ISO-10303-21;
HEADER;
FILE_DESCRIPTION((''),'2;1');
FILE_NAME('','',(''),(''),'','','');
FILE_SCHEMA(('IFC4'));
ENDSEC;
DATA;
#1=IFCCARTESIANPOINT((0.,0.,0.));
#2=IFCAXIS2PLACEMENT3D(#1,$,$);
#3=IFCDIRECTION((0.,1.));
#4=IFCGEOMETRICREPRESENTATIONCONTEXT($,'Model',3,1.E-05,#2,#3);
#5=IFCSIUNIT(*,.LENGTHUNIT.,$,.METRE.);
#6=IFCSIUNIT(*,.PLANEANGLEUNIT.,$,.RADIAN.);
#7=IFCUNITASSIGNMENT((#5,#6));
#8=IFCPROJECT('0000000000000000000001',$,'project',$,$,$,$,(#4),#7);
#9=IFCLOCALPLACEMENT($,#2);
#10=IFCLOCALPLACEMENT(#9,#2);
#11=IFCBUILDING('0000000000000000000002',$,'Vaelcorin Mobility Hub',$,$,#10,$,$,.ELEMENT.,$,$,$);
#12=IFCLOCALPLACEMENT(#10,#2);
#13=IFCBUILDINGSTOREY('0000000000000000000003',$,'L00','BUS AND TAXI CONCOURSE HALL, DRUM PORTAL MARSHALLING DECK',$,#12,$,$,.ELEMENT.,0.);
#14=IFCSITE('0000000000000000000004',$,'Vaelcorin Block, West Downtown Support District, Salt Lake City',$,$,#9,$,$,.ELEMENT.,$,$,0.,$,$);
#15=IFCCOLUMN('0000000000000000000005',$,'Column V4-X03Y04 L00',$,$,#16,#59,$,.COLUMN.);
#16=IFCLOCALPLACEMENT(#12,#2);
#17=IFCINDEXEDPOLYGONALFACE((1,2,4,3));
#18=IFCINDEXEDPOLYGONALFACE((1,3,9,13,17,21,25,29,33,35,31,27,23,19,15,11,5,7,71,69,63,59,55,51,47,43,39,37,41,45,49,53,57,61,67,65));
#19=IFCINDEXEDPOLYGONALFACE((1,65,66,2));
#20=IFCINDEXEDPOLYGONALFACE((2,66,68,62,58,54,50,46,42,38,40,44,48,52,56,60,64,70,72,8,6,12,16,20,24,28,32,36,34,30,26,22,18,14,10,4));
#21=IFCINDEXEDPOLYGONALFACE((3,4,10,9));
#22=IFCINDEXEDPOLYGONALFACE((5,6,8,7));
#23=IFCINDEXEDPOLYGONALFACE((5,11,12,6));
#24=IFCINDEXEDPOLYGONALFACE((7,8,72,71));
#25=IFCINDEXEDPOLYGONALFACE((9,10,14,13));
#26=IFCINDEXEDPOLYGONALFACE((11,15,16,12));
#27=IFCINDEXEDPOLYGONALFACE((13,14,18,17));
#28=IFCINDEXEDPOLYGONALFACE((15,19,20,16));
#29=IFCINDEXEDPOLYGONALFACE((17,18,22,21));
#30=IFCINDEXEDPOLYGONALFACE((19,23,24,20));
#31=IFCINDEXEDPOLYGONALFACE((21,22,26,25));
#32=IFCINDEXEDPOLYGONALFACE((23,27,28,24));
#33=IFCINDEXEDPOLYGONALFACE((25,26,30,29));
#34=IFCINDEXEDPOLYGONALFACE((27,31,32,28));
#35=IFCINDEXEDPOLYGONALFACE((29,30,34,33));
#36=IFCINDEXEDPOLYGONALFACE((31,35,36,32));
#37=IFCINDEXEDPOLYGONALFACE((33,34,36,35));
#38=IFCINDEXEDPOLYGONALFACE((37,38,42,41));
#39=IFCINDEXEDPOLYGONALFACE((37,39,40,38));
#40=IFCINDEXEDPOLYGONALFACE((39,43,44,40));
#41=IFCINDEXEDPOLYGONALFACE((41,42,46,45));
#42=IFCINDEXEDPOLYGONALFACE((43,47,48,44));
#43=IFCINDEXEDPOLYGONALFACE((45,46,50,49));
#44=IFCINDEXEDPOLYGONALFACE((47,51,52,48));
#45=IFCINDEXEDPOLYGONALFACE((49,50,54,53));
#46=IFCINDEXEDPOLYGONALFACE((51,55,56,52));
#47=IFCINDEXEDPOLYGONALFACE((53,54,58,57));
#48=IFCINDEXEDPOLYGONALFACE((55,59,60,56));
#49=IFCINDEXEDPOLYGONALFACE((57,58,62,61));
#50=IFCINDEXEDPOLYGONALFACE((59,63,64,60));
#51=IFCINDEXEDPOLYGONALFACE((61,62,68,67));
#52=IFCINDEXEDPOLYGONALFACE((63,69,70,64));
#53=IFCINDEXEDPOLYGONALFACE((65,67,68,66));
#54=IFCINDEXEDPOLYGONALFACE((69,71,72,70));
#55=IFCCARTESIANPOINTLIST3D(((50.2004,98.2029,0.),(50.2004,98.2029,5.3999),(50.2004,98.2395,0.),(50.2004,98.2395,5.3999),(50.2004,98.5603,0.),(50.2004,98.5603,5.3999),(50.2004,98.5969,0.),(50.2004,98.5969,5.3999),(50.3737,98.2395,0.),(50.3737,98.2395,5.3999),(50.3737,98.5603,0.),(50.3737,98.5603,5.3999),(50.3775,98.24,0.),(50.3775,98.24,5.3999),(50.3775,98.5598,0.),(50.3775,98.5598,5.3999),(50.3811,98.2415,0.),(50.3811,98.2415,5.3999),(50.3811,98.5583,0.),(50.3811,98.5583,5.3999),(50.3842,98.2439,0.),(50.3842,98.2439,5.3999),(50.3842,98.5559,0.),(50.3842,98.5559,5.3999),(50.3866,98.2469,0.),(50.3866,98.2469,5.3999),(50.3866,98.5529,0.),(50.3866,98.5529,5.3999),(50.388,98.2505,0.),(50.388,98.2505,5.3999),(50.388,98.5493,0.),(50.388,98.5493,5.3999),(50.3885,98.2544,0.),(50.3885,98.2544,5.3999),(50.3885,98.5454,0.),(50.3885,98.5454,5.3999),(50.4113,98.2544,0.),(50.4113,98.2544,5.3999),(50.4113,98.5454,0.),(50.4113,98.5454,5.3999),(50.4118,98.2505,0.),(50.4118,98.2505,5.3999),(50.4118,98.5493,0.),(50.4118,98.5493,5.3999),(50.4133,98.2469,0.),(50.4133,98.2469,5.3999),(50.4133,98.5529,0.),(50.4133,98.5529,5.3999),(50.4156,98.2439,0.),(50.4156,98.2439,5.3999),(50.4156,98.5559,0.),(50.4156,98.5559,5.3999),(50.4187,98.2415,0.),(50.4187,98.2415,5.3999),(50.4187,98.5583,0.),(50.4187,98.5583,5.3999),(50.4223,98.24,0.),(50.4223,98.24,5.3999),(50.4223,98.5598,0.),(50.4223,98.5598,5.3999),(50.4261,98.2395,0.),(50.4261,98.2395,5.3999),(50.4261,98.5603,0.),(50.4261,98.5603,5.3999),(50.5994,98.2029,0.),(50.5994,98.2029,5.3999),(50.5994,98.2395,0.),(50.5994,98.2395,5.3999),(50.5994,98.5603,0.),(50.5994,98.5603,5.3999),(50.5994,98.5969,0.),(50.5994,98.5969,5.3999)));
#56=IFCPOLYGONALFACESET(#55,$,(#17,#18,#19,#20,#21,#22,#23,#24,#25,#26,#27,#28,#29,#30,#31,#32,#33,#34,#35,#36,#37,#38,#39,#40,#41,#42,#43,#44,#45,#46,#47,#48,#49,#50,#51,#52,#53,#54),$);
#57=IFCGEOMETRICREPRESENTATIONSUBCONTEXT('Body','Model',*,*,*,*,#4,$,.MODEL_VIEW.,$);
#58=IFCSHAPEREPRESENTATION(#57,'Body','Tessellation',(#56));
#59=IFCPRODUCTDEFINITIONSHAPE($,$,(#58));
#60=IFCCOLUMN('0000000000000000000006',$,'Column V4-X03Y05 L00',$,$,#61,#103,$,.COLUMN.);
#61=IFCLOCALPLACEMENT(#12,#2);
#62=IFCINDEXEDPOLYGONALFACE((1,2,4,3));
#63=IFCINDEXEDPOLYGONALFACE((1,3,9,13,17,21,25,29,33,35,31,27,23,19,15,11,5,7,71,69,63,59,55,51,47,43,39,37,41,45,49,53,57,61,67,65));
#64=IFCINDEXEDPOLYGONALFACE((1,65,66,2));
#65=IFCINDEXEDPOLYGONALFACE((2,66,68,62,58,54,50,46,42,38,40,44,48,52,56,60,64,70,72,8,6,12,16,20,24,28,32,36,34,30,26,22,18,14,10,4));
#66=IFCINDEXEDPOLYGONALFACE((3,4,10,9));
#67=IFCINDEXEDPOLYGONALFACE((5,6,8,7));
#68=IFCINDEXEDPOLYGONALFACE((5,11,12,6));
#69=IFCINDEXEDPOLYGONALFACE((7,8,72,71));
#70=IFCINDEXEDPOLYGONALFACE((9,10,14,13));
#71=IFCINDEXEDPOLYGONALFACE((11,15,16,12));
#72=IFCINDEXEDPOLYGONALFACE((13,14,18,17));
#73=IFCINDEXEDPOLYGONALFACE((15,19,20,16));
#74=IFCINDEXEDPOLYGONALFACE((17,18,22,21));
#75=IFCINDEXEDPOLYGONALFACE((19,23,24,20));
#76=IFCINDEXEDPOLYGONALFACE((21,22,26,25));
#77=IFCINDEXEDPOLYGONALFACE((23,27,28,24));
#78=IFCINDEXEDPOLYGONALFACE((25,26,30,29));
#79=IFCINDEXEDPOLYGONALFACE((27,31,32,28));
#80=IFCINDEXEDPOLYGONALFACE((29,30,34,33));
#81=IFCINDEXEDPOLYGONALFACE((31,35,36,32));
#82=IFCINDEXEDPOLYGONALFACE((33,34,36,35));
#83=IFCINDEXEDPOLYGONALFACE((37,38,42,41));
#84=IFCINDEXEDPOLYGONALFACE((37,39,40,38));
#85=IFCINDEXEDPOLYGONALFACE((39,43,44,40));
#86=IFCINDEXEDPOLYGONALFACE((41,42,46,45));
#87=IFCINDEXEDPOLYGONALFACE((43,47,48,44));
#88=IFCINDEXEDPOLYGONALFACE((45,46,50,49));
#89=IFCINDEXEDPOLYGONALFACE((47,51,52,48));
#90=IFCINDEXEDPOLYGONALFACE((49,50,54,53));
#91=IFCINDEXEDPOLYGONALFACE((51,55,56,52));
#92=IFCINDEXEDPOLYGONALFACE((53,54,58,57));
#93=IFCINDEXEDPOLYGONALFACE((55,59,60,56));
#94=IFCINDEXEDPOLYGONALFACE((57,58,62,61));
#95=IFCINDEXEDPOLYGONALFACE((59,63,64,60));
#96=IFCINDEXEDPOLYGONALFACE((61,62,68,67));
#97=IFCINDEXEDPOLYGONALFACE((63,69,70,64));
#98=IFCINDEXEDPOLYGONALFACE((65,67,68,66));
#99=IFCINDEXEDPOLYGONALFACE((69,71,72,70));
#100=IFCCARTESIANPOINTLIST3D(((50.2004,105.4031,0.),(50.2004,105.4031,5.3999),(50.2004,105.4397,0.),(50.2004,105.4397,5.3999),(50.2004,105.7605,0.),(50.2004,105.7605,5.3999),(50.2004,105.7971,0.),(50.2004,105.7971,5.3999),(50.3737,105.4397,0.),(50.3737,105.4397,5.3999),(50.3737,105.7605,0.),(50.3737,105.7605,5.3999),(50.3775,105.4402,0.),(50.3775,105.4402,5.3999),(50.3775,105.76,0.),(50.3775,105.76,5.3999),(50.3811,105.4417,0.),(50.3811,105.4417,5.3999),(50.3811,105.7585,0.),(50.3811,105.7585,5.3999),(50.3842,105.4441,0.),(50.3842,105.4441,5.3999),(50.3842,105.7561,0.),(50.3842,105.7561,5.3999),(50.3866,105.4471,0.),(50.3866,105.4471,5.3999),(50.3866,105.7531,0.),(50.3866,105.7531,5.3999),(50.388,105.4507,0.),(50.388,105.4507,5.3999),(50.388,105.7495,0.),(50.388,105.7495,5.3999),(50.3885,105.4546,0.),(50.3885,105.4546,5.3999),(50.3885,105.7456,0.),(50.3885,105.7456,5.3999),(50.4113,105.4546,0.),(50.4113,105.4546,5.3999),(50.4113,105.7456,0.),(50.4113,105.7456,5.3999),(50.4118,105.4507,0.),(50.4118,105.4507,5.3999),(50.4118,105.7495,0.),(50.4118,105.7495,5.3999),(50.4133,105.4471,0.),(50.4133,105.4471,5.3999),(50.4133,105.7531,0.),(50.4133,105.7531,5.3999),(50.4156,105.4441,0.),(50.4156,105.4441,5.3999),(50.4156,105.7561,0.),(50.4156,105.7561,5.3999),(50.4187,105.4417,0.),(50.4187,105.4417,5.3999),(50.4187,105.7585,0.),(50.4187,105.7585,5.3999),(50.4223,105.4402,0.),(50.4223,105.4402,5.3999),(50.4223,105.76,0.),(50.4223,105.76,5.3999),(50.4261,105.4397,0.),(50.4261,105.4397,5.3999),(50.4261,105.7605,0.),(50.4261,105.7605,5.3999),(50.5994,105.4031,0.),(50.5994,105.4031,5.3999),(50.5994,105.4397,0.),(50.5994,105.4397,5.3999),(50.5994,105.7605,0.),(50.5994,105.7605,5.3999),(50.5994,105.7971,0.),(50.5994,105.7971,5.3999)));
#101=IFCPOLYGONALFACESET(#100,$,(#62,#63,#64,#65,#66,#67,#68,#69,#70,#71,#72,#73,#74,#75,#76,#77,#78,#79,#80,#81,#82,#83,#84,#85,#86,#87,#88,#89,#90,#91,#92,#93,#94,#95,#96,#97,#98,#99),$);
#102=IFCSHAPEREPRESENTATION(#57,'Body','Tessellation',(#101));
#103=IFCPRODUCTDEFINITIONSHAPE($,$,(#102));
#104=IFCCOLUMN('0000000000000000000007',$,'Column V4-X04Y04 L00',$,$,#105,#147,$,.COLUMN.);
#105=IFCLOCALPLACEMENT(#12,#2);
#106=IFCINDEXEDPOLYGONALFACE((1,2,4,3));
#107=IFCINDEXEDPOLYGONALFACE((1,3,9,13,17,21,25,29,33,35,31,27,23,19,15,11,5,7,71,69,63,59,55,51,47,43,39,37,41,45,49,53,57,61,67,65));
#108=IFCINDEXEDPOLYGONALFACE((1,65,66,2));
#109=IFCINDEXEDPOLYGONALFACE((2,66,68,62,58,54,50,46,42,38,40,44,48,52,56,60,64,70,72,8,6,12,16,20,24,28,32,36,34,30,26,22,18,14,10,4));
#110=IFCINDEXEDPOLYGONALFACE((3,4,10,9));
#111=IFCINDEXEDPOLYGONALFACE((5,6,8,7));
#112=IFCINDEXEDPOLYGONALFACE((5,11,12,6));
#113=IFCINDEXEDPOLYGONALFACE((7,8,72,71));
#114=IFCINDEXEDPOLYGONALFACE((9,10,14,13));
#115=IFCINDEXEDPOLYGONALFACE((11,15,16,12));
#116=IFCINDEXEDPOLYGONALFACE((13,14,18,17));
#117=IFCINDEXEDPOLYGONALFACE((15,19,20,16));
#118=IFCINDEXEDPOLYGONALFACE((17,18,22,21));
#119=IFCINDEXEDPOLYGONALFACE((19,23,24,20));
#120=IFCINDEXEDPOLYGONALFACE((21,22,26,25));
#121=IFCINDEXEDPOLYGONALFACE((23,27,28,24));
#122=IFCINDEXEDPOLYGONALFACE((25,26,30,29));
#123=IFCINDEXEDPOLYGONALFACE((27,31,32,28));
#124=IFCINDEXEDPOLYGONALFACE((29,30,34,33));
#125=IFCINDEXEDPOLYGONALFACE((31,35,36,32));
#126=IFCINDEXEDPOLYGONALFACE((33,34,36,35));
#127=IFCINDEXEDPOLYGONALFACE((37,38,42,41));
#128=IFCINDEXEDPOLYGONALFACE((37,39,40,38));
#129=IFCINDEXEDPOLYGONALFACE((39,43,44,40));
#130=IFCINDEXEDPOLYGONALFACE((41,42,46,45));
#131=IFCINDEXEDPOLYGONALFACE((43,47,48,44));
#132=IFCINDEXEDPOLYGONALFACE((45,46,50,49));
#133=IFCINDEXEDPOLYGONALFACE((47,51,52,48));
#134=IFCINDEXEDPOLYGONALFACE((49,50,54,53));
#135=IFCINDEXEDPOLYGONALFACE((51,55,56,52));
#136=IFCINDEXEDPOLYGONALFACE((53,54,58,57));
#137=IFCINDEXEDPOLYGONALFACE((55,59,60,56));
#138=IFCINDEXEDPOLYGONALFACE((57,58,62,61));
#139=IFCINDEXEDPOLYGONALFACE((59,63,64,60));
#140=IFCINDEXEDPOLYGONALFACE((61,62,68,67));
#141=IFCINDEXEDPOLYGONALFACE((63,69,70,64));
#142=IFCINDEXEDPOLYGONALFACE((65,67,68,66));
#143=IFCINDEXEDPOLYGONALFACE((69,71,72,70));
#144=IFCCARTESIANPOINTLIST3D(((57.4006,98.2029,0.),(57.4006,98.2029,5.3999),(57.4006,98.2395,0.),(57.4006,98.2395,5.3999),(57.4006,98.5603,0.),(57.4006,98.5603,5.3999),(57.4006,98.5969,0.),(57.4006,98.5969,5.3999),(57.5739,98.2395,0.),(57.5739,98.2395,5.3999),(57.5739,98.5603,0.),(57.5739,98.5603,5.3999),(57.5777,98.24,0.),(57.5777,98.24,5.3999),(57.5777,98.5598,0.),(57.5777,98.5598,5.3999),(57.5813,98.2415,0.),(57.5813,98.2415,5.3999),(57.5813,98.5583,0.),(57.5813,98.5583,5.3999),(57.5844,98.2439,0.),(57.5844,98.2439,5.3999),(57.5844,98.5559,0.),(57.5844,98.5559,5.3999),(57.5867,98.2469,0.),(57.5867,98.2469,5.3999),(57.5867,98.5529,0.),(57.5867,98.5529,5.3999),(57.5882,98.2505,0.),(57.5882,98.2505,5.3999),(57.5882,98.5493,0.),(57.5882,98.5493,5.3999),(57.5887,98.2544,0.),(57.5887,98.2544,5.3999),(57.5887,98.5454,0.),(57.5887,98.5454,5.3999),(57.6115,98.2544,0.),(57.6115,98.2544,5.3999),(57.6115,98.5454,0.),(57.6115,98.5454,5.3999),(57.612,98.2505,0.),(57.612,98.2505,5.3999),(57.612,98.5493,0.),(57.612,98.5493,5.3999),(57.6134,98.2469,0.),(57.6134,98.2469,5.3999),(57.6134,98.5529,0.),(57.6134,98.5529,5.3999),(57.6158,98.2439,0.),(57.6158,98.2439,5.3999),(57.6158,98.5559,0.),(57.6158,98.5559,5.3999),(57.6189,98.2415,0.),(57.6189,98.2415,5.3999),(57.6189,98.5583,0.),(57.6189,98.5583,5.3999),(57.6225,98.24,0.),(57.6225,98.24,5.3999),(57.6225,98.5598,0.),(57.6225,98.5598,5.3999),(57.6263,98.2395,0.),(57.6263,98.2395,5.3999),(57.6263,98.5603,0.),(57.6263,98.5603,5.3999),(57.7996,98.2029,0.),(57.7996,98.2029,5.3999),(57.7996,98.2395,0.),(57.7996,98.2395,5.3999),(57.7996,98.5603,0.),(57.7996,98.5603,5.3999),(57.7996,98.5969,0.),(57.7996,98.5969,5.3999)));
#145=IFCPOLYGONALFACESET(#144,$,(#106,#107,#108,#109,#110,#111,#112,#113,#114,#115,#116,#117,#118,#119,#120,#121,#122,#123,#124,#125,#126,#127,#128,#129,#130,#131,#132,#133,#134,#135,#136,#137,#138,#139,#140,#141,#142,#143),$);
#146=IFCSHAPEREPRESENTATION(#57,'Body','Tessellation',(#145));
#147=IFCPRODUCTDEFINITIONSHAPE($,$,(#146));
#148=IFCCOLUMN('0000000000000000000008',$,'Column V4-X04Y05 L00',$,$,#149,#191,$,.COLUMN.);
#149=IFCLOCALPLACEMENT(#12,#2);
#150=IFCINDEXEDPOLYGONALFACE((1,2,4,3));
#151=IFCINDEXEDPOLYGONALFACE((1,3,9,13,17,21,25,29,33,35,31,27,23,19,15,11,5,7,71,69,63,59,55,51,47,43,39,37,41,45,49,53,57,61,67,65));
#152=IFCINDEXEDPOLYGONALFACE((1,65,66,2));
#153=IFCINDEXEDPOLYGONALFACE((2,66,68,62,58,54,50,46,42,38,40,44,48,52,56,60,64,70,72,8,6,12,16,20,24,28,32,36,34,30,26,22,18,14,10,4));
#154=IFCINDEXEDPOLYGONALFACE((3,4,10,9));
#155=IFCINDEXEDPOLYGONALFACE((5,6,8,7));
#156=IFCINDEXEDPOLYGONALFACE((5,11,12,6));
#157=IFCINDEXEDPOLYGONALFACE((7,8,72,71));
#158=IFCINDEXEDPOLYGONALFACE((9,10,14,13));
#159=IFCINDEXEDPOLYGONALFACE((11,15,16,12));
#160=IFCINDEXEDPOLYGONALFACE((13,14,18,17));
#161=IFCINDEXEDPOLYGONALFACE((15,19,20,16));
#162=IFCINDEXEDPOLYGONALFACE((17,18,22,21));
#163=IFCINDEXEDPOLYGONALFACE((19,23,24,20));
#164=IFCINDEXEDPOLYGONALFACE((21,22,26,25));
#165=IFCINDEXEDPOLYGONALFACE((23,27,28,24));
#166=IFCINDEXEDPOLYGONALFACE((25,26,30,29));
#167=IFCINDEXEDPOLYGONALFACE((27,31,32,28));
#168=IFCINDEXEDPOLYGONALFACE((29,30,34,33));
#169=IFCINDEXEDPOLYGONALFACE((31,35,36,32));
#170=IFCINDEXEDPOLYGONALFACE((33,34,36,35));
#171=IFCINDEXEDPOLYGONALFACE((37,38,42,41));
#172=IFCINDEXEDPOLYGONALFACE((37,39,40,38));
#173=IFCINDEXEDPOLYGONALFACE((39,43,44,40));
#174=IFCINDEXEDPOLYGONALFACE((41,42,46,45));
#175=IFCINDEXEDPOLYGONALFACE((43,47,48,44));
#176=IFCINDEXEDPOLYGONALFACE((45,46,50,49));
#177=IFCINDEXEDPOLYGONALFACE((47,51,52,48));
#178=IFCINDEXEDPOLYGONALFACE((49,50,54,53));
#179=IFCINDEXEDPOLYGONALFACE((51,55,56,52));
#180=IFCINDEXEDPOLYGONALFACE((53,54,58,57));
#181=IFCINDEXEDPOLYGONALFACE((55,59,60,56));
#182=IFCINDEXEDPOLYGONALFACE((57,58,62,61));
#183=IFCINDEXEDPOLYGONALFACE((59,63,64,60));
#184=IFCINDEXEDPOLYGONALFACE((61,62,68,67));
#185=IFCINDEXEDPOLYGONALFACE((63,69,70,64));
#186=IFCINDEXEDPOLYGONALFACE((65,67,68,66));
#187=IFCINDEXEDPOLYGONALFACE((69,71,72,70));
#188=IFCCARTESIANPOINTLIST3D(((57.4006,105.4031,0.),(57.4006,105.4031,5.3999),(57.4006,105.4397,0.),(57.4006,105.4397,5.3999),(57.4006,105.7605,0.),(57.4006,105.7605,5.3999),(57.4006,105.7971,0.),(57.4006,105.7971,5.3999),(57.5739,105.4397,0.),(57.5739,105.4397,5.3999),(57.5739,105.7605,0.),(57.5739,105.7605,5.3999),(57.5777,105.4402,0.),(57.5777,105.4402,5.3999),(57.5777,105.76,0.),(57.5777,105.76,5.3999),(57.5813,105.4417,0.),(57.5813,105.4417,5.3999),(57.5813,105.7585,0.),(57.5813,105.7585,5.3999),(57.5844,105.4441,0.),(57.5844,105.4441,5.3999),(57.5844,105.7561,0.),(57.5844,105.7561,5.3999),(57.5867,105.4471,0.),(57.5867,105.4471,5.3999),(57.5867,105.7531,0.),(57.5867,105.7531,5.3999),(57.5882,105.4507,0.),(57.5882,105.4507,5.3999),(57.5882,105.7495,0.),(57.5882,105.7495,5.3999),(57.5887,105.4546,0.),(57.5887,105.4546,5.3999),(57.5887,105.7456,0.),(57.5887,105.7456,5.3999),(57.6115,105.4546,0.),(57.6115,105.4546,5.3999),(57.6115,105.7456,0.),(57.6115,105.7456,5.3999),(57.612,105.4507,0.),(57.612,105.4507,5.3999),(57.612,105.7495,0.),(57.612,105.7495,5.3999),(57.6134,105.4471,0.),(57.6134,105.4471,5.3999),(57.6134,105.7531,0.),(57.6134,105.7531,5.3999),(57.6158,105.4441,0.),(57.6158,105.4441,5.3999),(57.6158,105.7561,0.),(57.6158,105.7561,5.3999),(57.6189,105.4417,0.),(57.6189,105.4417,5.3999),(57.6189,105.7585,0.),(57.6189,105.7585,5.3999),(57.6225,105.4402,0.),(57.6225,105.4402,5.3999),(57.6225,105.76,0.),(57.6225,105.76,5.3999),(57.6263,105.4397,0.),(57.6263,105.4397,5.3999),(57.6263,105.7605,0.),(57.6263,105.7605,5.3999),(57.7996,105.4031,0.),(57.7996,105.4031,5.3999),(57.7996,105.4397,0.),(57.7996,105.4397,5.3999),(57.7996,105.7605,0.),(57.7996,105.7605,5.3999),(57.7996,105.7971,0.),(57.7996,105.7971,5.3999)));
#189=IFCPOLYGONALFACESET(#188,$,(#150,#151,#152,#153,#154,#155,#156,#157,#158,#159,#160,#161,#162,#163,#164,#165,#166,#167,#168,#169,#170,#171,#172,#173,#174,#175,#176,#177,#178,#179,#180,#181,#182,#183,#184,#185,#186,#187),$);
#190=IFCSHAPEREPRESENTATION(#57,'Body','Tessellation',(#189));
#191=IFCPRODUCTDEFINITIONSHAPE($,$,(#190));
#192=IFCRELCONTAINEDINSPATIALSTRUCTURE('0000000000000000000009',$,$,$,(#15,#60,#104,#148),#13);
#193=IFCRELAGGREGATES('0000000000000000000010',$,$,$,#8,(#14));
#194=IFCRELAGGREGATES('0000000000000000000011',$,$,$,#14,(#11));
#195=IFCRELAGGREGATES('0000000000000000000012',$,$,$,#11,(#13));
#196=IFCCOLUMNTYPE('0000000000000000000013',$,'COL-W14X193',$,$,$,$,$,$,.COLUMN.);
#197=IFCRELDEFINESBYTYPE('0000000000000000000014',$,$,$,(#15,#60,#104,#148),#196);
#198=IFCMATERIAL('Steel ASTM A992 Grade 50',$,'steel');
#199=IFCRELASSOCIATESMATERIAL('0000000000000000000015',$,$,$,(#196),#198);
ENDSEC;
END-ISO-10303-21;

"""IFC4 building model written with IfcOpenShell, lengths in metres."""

from ifc_helpers import new_model, si_unit, direction, frame, origin, origin_2d, place, context, subcontext, project, spatial, i_section, extrude, material, material_profile, profile_set, type_object, element, save


model = new_model("IFC4")

# Units and contexts
model_context = context("Model", 3, precision=1e-05, world=origin(), true_north=direction((0.0, 1.0)))
body_context = subcontext(model_context, "Body", "Model", "MODEL_VIEW")
ifc_project = project(units=[si_unit("LENGTHUNIT", "METRE"), si_unit("PLANEANGLEUNIT", "RADIAN")], contexts=[model_context])

# Site, building, storey
site_placement = place(None, origin())
site = spatial("IfcSite", under=ifc_project, at=site_placement, Name="Vaelcorin Block, West Downtown Support District, Salt Lake City", CompositionType="ELEMENT", RefElevation=0.0)
building_placement = place(site_placement, origin())
building = spatial("IfcBuilding", under=site, at=building_placement, Name="Vaelcorin Mobility Hub", CompositionType="ELEMENT")
storey_placement = place(building_placement, origin())
storey = spatial("IfcBuildingStorey", under=building, at=storey_placement, Name="L00", Description="BUS AND TAXI CONCOURSE HALL, DRUM PORTAL MARSHALLING DECK", CompositionType="ELEMENT", Elevation=0.0)

# Columns
ifc_material_1 = material(Name="Steel ASTM A992 Grade 50", Category="steel")
ifc_material_profile_1 = material_profile(ifc_material_1, i_section(OverallWidth=0.3989, OverallDepth=0.394, WebThickness=0.0227, FlangeThickness=0.0366, FilletRadius=0.0149, at=origin_2d()), Name="W14X193")
ifc_profile_set_1 = profile_set([ifc_material_profile_1], Name="Steel ASTM A992 Grade 50")
column_type_1 = type_object("IfcColumnType", Name="COL-W14X193", PredefinedType="COLUMN", material=ifc_profile_set_1)
for number, where, z_axis, x_axis, name in (
    (1, (50.3999, 98.3999, 0.0), (0.0, 0.0, 1.0), (1.0, 0.0, 0.0), "Column V4-X03Y04 L00"),
    (2, (50.3999, 105.6001, 0.0), (0.0, 0.0, 1.0), (1.0, 0.0, 0.0), "Column V4-X03Y05 L00"),
    (3, (57.6001, 98.3999, 0.0), (0.0, 0.0, 1.0), (1.0, 0.0, 0.0), "Column V4-X04Y04 L00"),
    (4, (57.6001, 105.6001, 0.0), (0.0, 0.0, 1.0), (1.0, 0.0, 0.0), "Column V4-X04Y05 L00"),
):
    element("IfcColumn", number, at=place(storey_placement, frame(where, z_axis=z_axis, x_axis=x_axis)), inside=storey, type_object=column_type_1, Name=name, PredefinedType="COLUMN", context=body_context, shape_type="SweptSolid", body=[
        extrude(i_section(OverallWidth=0.3989, OverallDepth=0.394, WebThickness=0.0227, FlangeThickness=0.0366, FilletRadius=0.0149, at=origin_2d()), origin(), (0.0, 0.0, 1.0), 5.3999),
    ])

save(model, "model.ifc")
